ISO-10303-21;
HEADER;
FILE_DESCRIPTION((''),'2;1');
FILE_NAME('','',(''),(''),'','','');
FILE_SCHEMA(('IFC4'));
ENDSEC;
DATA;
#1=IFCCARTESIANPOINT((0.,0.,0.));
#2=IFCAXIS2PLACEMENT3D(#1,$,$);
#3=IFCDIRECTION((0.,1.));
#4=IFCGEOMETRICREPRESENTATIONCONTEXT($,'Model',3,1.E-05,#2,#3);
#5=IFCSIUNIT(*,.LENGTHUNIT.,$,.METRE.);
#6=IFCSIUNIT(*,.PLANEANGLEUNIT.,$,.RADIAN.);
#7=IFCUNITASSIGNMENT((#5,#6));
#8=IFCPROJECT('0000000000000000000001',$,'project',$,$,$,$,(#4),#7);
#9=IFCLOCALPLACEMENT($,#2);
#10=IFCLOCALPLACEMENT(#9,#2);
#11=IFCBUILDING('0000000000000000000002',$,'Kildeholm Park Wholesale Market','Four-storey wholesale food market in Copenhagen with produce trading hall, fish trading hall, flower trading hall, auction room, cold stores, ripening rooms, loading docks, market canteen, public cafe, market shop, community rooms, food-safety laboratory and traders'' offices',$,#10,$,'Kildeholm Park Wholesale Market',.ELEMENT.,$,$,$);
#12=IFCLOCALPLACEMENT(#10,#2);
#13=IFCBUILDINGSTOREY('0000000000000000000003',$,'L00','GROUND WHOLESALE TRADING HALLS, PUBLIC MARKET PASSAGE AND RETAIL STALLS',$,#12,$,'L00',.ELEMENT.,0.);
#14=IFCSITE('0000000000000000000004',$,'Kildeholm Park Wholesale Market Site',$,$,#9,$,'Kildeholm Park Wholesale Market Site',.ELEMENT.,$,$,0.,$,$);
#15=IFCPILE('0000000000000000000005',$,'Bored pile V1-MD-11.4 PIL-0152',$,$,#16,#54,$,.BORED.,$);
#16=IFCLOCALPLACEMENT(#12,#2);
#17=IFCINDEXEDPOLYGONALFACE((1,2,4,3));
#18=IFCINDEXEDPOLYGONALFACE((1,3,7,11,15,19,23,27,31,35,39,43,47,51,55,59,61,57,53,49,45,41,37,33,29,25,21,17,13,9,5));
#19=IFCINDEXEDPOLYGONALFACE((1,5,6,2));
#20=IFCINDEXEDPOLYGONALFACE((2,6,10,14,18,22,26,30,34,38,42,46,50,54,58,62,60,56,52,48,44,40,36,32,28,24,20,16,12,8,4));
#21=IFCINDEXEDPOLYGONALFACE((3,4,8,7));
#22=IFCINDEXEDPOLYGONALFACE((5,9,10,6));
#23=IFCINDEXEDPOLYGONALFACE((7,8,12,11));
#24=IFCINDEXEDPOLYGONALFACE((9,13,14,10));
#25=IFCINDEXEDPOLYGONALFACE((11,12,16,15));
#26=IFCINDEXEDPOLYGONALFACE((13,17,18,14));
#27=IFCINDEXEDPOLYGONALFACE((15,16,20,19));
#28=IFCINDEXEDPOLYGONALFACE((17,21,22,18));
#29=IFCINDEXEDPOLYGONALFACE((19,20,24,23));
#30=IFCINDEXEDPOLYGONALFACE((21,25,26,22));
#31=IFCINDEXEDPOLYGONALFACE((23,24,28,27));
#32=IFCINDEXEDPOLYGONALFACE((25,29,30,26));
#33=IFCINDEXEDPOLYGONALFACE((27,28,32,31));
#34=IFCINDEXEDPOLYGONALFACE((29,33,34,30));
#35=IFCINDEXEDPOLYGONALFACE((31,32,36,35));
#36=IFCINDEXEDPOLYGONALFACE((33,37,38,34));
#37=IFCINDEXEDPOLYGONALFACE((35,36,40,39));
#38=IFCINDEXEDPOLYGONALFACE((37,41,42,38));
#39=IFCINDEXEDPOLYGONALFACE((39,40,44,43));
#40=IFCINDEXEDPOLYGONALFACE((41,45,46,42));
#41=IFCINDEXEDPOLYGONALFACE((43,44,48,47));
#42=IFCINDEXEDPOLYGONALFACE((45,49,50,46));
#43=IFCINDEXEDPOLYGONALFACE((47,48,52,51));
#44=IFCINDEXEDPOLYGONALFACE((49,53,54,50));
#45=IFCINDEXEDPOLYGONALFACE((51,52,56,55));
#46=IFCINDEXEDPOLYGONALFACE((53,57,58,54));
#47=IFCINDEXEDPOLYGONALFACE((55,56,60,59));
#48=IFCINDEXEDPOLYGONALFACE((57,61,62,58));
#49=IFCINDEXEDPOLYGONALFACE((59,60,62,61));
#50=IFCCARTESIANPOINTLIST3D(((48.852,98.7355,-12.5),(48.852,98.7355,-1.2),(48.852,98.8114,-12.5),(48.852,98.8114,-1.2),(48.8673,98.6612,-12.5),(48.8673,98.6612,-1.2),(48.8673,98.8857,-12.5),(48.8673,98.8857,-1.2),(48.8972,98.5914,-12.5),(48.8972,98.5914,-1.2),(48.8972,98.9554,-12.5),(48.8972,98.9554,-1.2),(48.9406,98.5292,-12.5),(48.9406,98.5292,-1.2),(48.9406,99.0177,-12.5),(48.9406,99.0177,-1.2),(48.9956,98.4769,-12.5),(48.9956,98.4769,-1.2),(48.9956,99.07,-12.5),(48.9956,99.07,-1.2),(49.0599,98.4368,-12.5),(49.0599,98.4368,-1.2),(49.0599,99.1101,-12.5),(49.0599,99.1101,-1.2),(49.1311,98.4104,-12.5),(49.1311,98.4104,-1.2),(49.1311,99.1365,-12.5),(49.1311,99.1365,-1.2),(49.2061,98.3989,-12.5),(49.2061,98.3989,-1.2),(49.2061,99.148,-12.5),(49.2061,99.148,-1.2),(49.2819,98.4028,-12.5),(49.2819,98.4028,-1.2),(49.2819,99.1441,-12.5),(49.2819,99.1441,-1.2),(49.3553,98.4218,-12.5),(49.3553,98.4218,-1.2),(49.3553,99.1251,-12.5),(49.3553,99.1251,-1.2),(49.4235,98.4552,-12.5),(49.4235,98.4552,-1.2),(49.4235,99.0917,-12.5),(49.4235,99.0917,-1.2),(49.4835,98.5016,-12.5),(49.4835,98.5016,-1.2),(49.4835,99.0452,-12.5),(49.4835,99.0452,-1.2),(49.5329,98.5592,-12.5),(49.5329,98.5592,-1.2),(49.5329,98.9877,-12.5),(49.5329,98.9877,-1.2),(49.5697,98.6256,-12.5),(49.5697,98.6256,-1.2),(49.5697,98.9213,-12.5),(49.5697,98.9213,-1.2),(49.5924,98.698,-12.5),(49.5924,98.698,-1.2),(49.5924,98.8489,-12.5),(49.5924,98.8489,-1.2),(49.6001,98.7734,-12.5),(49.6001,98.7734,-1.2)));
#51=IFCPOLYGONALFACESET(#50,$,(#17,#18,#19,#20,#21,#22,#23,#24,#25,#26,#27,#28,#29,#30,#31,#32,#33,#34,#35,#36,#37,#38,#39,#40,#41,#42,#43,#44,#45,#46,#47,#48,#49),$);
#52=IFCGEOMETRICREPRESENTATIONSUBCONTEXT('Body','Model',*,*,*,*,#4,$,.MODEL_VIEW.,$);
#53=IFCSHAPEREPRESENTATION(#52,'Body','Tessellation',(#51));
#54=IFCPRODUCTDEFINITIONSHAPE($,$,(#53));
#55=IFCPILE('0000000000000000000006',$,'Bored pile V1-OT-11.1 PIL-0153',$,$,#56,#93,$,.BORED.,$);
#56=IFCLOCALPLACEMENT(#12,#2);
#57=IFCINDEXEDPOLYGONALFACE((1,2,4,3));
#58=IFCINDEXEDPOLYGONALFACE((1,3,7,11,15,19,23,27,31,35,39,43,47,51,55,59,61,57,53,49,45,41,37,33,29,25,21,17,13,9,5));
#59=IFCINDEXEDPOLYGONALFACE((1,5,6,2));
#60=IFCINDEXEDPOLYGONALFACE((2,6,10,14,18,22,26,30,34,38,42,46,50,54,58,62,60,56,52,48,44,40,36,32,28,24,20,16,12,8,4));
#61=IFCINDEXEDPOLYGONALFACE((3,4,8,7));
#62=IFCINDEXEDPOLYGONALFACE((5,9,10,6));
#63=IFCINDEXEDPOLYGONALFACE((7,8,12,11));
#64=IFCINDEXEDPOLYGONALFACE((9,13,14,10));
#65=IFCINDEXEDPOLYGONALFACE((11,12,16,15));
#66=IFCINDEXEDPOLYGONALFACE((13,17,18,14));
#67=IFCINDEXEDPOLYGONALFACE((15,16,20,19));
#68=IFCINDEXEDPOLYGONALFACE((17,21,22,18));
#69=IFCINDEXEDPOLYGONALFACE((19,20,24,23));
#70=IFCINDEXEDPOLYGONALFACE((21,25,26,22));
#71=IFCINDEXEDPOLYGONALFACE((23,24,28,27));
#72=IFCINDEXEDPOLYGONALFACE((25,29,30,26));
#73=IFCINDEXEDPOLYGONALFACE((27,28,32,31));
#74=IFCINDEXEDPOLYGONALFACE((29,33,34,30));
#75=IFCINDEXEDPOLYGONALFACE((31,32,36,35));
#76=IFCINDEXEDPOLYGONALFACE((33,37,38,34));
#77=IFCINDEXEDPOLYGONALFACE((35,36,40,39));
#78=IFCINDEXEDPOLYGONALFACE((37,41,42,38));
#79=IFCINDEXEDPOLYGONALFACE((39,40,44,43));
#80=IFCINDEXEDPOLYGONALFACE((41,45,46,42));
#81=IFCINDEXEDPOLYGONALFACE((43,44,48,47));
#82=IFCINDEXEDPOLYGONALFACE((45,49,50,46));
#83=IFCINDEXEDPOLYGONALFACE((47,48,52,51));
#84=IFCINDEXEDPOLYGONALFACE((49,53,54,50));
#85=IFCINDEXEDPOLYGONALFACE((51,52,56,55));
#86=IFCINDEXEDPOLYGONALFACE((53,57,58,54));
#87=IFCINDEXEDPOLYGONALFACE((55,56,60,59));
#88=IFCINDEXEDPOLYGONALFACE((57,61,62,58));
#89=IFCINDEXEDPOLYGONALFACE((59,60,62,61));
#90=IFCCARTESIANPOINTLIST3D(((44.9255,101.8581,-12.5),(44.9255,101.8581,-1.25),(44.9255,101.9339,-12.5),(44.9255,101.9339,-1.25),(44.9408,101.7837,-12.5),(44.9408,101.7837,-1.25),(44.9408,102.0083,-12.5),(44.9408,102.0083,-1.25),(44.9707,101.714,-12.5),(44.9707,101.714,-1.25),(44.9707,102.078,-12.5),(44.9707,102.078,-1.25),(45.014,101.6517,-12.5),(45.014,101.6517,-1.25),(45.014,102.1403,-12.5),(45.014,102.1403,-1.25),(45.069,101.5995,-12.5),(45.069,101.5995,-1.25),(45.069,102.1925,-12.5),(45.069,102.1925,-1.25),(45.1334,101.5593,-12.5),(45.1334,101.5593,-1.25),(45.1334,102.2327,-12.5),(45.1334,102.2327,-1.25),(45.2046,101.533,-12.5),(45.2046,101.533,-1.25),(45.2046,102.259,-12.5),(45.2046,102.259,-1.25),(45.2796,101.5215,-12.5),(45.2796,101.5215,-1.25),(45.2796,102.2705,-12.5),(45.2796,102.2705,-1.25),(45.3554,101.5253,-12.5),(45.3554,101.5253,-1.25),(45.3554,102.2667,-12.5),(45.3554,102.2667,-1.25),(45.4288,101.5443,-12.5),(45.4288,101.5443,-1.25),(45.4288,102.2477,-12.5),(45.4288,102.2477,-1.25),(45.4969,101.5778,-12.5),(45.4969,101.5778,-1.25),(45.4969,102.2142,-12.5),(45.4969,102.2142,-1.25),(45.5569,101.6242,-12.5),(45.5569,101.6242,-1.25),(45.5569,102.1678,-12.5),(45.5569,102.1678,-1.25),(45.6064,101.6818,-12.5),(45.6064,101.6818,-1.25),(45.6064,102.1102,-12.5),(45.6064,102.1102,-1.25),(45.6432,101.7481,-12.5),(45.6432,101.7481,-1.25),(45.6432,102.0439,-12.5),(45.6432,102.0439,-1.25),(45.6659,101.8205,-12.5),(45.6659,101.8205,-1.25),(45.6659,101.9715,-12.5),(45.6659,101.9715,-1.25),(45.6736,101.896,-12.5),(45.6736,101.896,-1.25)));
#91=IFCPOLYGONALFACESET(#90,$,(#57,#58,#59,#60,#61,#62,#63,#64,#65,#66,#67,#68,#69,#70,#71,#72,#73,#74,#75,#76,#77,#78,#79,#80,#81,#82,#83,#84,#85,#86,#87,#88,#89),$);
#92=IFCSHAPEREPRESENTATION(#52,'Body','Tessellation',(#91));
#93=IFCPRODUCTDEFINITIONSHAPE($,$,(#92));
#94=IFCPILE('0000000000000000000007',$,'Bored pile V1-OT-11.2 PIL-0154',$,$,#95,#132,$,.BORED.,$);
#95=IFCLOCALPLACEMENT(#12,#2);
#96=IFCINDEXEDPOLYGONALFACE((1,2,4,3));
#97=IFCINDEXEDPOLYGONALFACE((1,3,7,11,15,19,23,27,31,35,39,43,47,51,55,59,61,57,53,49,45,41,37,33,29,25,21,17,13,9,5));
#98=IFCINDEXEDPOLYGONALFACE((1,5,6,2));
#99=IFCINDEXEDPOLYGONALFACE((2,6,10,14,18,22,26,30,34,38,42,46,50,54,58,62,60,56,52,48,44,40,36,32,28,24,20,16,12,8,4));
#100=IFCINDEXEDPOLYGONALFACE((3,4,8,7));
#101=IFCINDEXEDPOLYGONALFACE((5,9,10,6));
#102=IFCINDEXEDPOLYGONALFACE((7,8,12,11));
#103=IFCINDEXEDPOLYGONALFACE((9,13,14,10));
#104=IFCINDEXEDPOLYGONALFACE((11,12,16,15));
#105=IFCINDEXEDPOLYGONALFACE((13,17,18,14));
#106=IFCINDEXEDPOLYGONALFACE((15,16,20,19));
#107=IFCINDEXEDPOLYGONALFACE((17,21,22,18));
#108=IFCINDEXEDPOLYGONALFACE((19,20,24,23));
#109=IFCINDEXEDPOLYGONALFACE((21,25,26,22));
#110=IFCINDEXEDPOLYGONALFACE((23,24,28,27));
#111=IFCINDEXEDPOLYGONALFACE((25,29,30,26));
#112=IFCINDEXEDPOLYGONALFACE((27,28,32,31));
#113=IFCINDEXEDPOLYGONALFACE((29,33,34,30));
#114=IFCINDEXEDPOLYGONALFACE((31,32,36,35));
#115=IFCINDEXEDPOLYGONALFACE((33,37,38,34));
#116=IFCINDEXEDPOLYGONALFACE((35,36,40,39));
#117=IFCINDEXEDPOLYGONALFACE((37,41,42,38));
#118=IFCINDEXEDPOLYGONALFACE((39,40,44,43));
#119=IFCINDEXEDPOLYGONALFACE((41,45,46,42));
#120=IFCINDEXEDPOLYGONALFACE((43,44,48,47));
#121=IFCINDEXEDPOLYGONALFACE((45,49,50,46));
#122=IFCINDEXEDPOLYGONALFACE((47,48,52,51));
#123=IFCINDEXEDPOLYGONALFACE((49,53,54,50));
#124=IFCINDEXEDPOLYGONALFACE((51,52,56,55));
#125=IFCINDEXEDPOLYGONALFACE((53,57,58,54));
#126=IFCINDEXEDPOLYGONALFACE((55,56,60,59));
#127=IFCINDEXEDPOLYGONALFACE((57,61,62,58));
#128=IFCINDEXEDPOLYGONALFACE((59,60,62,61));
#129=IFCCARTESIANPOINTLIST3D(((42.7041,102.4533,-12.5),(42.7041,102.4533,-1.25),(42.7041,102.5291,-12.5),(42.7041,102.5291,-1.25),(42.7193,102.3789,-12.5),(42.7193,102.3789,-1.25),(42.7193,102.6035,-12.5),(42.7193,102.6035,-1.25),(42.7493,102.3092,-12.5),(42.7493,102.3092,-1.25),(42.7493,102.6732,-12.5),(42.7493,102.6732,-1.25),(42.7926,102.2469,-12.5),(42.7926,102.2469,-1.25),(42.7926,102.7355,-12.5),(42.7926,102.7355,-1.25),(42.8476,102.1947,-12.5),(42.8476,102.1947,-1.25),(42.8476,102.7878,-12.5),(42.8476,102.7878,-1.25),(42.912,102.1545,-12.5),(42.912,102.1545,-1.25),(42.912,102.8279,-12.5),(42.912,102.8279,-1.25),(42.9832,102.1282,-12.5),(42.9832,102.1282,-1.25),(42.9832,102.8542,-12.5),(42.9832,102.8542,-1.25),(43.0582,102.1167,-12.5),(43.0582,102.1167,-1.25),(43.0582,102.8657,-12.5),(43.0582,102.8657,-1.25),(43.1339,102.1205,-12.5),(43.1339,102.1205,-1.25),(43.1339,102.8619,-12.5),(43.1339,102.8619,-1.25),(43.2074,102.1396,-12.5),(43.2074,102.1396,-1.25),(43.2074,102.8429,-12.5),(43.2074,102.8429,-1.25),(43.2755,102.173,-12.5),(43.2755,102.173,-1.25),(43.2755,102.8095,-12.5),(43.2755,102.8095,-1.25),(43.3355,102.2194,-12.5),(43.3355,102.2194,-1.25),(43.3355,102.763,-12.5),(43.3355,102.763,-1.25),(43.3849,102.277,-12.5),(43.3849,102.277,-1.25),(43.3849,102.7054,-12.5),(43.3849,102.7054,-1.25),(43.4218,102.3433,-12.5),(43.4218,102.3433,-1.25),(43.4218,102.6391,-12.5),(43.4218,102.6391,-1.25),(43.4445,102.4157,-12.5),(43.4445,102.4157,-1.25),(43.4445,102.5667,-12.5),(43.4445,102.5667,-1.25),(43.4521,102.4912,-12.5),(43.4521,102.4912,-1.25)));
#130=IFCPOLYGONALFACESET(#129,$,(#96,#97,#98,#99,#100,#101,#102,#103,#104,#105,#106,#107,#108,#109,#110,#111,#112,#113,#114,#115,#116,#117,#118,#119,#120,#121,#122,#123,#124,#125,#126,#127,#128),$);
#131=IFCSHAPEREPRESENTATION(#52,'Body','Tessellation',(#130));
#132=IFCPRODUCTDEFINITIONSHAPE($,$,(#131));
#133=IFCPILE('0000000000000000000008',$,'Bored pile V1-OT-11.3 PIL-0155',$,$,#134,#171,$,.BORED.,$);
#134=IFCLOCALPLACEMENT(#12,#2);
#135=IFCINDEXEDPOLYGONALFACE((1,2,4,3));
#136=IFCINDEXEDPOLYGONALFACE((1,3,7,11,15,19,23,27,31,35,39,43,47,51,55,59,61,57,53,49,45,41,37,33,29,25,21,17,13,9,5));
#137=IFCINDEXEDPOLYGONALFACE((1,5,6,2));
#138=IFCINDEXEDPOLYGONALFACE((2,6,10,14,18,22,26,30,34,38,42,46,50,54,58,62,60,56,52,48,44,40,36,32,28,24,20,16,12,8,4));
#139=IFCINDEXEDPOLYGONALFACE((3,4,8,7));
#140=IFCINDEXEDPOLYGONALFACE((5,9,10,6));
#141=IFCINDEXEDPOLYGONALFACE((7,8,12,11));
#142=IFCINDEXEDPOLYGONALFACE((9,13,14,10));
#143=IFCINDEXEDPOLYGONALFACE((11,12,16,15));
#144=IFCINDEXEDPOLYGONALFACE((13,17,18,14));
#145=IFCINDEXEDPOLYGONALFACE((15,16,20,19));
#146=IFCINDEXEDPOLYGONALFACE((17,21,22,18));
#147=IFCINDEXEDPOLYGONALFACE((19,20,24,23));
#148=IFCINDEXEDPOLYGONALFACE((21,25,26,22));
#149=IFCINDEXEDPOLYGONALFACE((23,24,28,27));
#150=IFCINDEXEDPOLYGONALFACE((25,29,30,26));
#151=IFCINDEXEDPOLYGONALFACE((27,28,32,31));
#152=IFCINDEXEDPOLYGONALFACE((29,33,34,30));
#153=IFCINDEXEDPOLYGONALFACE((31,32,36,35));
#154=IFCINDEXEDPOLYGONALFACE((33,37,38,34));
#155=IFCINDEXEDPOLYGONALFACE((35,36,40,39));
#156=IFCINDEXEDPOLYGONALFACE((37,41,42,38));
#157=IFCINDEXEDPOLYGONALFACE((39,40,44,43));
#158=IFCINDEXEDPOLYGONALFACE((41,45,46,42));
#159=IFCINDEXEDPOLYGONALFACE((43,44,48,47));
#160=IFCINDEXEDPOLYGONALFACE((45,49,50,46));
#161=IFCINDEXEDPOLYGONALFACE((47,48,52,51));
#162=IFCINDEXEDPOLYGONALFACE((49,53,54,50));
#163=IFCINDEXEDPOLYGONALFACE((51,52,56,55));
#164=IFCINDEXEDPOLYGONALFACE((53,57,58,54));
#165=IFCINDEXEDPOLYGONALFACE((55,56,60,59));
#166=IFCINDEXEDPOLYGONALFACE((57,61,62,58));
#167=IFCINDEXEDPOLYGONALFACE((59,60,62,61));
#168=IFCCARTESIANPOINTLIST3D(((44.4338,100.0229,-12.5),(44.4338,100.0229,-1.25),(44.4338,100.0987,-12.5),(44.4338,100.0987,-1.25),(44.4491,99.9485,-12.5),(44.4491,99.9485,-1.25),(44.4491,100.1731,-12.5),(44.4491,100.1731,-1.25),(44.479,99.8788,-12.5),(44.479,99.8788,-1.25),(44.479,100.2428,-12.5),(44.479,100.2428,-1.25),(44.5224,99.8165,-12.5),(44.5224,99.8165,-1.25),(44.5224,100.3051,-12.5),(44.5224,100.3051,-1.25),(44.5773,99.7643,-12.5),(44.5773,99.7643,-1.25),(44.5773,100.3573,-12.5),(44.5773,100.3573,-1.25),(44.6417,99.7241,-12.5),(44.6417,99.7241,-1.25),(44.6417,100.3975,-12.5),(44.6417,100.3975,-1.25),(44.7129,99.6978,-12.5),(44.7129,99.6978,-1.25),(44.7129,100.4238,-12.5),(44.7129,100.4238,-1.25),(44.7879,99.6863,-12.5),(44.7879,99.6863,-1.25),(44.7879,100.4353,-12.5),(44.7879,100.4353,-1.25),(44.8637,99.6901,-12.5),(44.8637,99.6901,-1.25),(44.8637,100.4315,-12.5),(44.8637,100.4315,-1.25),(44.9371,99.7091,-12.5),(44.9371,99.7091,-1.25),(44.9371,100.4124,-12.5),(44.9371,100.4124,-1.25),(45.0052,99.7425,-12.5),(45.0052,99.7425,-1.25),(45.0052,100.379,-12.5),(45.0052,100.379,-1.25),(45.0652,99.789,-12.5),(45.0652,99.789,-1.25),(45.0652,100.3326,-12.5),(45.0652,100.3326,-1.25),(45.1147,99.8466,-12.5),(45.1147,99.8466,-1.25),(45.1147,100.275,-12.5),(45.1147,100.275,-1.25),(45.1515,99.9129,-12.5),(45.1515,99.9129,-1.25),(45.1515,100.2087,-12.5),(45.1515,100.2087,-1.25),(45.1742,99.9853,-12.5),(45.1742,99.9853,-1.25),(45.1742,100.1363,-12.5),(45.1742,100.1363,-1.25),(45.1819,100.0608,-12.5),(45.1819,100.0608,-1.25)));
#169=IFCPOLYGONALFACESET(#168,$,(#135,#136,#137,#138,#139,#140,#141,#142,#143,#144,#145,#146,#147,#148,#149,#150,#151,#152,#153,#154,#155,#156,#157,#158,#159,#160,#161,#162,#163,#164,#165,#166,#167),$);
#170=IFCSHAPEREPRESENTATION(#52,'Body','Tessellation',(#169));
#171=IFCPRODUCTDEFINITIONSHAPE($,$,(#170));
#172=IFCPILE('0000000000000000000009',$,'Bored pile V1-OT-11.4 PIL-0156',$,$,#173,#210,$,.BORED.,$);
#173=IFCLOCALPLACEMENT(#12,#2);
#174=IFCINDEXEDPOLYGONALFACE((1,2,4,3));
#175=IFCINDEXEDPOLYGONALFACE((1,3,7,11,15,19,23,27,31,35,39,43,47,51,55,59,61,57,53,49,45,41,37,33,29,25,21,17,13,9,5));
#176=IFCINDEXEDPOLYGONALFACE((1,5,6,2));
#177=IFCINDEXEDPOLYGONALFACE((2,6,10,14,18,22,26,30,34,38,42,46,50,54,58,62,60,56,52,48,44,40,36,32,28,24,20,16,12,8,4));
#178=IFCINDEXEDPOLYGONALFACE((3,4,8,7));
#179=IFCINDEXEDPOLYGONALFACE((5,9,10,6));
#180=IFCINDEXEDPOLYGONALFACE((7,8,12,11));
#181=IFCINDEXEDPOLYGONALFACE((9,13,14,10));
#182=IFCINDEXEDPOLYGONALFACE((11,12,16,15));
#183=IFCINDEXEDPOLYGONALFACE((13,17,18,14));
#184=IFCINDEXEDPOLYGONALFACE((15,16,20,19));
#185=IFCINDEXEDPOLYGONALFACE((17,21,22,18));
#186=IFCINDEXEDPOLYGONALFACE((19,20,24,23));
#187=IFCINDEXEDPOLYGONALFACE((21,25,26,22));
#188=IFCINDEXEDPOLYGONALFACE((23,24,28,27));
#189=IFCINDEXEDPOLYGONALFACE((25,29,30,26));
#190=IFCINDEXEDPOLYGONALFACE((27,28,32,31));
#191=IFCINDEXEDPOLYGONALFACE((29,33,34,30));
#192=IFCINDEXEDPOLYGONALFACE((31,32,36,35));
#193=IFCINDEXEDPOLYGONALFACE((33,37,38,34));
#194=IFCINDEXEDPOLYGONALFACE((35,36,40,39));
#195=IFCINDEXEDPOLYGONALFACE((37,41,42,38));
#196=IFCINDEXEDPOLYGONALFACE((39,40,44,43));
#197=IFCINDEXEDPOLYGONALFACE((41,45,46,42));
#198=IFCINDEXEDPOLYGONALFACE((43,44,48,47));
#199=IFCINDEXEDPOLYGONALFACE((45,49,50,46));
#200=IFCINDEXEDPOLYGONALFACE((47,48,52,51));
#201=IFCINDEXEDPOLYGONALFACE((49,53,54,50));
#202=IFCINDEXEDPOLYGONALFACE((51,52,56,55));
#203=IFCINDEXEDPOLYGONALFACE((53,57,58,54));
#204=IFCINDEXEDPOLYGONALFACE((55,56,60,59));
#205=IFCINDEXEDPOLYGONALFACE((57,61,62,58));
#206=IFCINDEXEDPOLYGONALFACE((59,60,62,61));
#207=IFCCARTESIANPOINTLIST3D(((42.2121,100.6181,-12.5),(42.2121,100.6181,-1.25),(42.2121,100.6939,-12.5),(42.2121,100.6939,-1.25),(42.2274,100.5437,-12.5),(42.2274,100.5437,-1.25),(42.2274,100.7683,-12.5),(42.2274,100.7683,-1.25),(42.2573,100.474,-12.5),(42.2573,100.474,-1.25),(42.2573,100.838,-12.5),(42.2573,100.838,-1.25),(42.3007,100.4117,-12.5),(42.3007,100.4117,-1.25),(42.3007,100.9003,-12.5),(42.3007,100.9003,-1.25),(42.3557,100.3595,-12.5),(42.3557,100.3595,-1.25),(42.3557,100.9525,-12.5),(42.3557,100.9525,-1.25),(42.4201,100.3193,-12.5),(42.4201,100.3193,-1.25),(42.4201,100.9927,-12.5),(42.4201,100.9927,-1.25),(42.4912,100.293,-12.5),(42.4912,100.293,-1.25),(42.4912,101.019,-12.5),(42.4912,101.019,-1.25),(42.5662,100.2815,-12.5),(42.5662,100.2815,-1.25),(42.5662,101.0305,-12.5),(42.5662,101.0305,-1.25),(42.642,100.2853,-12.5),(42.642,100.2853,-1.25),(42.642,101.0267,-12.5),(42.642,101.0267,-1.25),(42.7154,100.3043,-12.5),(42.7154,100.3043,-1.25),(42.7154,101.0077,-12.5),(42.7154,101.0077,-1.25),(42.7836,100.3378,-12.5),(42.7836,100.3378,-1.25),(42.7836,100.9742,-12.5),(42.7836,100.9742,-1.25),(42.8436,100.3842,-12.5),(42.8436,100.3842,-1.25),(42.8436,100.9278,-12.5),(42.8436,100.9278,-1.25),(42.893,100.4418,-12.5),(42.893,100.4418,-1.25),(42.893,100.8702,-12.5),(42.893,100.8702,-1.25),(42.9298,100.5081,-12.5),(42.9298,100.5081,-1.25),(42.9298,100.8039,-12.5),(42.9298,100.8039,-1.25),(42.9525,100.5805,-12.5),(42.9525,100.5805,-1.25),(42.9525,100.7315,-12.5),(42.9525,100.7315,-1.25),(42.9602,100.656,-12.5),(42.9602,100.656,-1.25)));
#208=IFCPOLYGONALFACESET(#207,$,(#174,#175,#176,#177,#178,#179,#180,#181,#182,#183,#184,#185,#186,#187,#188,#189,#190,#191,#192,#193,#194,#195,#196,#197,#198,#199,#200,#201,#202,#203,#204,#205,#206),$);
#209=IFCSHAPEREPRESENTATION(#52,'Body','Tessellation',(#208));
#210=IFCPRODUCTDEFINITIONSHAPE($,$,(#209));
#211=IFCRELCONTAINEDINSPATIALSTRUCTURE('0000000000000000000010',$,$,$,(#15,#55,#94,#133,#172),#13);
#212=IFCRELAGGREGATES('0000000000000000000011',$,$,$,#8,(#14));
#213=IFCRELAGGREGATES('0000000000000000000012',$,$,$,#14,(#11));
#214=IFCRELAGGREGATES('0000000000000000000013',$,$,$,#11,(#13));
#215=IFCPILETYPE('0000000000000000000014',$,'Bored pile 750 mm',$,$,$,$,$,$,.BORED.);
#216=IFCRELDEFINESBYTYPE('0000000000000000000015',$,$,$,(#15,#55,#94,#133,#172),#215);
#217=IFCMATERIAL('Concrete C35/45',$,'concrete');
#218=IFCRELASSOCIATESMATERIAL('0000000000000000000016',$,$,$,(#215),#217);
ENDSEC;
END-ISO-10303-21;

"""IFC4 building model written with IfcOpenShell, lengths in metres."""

from ifc_helpers import new_model, si_unit, direction, frame, origin, origin_2d, place, context, subcontext, project, spatial, circle, extrude, material, material_profile, profile_set, type_object, element, save


model = new_model("IFC4")

# Units and contexts
model_context = context("Model", 3, precision=1e-05, world=origin(), true_north=direction((0.0, 1.0)))
body_context = subcontext(model_context, "Body", "Model", "MODEL_VIEW")
ifc_project = project(units=[si_unit("LENGTHUNIT", "METRE"), si_unit("PLANEANGLEUNIT", "RADIAN")], contexts=[model_context])

# Site, building, storey
site_placement = place(None, origin())
site = spatial("IfcSite", under=ifc_project, at=site_placement, Name="Kildeholm Park Wholesale Market Site", LongName="Kildeholm Park Wholesale Market Site", CompositionType="ELEMENT", RefElevation=0.0)
building_placement = place(site_placement, origin())
building = spatial("IfcBuilding", under=site, at=building_placement, Name="Kildeholm Park Wholesale Market", Description="Four-storey wholesale food market in Copenhagen with produce trading hall, fish trading hall, flower trading hall, auction room, cold stores, ripening rooms, loading docks, market canteen, public cafe, market shop, community rooms, food-safety laboratory and traders' offices", LongName="Kildeholm Park Wholesale Market", CompositionType="ELEMENT")
storey_placement = place(building_placement, origin())
storey = spatial("IfcBuildingStorey", under=building, at=storey_placement, Name="L00", Description="GROUND WHOLESALE TRADING HALLS, PUBLIC MARKET PASSAGE AND RETAIL STALLS", LongName="L00", CompositionType="ELEMENT", Elevation=0.0)

# Piles
ifc_material_1 = material(Name="Concrete C35/45", Category="concrete")
ifc_material_profile_1 = material_profile(ifc_material_1, circle(Radius=0.375, at=origin_2d()), Name="PILE D750")
ifc_profile_set_1 = profile_set([ifc_material_profile_1], Name="Concrete C35/45")
pile_type_1 = type_object("IfcPileType", Name="Bored pile 750 mm", PredefinedType="BORED", material=ifc_profile_set_1)
pile_placement = place(storey_placement, frame((49.2251, 98.7734, -1.2), z_axis=(0.0, 0.0, -1.0), x_axis=(1.0, 0.0, 0.0)))
element("IfcPile", 1, at=pile_placement, inside=storey, type_object=pile_type_1, Name="Bored pile V1-MD-11.4 PIL-0152", PredefinedType="BORED", context=body_context, shape_type="SweptSolid", body=[
    extrude(circle(Radius=0.375, at=origin_2d()), origin(), (0.0, 0.0, 1.0), 11.3),
])
for number, where, z_axis, x_axis, name in (
    (2, (45.2986, 101.896, -1.25), (0.0, 0.0, -1.0), (1.0, 0.0, 0.0), "Bored pile V1-OT-11.1 PIL-0153"),
    (3, (43.0771, 102.4912, -1.25), (0.0, 0.0, -1.0), (1.0, 0.0, 0.0), "Bored pile V1-OT-11.2 PIL-0154"),
    (4, (44.8069, 100.0608, -1.25), (0.0, 0.0, -1.0), (1.0, 0.0, 0.0), "Bored pile V1-OT-11.3 PIL-0155"),
    (5, (42.5852, 100.656, -1.25), (0.0, 0.0, -1.0), (1.0, 0.0, 0.0), "Bored pile V1-OT-11.4 PIL-0156"),
):
    element("IfcPile", number, at=place(storey_placement, frame(where, z_axis=z_axis, x_axis=x_axis)), inside=storey, type_object=pile_type_1, Name=name, PredefinedType="BORED", context=body_context, shape_type="SweptSolid", body=[
        extrude(circle(Radius=0.375, at=origin_2d()), origin(), (0.0, 0.0, 1.0), 11.25),
    ])

save(model, "model.ifc")
